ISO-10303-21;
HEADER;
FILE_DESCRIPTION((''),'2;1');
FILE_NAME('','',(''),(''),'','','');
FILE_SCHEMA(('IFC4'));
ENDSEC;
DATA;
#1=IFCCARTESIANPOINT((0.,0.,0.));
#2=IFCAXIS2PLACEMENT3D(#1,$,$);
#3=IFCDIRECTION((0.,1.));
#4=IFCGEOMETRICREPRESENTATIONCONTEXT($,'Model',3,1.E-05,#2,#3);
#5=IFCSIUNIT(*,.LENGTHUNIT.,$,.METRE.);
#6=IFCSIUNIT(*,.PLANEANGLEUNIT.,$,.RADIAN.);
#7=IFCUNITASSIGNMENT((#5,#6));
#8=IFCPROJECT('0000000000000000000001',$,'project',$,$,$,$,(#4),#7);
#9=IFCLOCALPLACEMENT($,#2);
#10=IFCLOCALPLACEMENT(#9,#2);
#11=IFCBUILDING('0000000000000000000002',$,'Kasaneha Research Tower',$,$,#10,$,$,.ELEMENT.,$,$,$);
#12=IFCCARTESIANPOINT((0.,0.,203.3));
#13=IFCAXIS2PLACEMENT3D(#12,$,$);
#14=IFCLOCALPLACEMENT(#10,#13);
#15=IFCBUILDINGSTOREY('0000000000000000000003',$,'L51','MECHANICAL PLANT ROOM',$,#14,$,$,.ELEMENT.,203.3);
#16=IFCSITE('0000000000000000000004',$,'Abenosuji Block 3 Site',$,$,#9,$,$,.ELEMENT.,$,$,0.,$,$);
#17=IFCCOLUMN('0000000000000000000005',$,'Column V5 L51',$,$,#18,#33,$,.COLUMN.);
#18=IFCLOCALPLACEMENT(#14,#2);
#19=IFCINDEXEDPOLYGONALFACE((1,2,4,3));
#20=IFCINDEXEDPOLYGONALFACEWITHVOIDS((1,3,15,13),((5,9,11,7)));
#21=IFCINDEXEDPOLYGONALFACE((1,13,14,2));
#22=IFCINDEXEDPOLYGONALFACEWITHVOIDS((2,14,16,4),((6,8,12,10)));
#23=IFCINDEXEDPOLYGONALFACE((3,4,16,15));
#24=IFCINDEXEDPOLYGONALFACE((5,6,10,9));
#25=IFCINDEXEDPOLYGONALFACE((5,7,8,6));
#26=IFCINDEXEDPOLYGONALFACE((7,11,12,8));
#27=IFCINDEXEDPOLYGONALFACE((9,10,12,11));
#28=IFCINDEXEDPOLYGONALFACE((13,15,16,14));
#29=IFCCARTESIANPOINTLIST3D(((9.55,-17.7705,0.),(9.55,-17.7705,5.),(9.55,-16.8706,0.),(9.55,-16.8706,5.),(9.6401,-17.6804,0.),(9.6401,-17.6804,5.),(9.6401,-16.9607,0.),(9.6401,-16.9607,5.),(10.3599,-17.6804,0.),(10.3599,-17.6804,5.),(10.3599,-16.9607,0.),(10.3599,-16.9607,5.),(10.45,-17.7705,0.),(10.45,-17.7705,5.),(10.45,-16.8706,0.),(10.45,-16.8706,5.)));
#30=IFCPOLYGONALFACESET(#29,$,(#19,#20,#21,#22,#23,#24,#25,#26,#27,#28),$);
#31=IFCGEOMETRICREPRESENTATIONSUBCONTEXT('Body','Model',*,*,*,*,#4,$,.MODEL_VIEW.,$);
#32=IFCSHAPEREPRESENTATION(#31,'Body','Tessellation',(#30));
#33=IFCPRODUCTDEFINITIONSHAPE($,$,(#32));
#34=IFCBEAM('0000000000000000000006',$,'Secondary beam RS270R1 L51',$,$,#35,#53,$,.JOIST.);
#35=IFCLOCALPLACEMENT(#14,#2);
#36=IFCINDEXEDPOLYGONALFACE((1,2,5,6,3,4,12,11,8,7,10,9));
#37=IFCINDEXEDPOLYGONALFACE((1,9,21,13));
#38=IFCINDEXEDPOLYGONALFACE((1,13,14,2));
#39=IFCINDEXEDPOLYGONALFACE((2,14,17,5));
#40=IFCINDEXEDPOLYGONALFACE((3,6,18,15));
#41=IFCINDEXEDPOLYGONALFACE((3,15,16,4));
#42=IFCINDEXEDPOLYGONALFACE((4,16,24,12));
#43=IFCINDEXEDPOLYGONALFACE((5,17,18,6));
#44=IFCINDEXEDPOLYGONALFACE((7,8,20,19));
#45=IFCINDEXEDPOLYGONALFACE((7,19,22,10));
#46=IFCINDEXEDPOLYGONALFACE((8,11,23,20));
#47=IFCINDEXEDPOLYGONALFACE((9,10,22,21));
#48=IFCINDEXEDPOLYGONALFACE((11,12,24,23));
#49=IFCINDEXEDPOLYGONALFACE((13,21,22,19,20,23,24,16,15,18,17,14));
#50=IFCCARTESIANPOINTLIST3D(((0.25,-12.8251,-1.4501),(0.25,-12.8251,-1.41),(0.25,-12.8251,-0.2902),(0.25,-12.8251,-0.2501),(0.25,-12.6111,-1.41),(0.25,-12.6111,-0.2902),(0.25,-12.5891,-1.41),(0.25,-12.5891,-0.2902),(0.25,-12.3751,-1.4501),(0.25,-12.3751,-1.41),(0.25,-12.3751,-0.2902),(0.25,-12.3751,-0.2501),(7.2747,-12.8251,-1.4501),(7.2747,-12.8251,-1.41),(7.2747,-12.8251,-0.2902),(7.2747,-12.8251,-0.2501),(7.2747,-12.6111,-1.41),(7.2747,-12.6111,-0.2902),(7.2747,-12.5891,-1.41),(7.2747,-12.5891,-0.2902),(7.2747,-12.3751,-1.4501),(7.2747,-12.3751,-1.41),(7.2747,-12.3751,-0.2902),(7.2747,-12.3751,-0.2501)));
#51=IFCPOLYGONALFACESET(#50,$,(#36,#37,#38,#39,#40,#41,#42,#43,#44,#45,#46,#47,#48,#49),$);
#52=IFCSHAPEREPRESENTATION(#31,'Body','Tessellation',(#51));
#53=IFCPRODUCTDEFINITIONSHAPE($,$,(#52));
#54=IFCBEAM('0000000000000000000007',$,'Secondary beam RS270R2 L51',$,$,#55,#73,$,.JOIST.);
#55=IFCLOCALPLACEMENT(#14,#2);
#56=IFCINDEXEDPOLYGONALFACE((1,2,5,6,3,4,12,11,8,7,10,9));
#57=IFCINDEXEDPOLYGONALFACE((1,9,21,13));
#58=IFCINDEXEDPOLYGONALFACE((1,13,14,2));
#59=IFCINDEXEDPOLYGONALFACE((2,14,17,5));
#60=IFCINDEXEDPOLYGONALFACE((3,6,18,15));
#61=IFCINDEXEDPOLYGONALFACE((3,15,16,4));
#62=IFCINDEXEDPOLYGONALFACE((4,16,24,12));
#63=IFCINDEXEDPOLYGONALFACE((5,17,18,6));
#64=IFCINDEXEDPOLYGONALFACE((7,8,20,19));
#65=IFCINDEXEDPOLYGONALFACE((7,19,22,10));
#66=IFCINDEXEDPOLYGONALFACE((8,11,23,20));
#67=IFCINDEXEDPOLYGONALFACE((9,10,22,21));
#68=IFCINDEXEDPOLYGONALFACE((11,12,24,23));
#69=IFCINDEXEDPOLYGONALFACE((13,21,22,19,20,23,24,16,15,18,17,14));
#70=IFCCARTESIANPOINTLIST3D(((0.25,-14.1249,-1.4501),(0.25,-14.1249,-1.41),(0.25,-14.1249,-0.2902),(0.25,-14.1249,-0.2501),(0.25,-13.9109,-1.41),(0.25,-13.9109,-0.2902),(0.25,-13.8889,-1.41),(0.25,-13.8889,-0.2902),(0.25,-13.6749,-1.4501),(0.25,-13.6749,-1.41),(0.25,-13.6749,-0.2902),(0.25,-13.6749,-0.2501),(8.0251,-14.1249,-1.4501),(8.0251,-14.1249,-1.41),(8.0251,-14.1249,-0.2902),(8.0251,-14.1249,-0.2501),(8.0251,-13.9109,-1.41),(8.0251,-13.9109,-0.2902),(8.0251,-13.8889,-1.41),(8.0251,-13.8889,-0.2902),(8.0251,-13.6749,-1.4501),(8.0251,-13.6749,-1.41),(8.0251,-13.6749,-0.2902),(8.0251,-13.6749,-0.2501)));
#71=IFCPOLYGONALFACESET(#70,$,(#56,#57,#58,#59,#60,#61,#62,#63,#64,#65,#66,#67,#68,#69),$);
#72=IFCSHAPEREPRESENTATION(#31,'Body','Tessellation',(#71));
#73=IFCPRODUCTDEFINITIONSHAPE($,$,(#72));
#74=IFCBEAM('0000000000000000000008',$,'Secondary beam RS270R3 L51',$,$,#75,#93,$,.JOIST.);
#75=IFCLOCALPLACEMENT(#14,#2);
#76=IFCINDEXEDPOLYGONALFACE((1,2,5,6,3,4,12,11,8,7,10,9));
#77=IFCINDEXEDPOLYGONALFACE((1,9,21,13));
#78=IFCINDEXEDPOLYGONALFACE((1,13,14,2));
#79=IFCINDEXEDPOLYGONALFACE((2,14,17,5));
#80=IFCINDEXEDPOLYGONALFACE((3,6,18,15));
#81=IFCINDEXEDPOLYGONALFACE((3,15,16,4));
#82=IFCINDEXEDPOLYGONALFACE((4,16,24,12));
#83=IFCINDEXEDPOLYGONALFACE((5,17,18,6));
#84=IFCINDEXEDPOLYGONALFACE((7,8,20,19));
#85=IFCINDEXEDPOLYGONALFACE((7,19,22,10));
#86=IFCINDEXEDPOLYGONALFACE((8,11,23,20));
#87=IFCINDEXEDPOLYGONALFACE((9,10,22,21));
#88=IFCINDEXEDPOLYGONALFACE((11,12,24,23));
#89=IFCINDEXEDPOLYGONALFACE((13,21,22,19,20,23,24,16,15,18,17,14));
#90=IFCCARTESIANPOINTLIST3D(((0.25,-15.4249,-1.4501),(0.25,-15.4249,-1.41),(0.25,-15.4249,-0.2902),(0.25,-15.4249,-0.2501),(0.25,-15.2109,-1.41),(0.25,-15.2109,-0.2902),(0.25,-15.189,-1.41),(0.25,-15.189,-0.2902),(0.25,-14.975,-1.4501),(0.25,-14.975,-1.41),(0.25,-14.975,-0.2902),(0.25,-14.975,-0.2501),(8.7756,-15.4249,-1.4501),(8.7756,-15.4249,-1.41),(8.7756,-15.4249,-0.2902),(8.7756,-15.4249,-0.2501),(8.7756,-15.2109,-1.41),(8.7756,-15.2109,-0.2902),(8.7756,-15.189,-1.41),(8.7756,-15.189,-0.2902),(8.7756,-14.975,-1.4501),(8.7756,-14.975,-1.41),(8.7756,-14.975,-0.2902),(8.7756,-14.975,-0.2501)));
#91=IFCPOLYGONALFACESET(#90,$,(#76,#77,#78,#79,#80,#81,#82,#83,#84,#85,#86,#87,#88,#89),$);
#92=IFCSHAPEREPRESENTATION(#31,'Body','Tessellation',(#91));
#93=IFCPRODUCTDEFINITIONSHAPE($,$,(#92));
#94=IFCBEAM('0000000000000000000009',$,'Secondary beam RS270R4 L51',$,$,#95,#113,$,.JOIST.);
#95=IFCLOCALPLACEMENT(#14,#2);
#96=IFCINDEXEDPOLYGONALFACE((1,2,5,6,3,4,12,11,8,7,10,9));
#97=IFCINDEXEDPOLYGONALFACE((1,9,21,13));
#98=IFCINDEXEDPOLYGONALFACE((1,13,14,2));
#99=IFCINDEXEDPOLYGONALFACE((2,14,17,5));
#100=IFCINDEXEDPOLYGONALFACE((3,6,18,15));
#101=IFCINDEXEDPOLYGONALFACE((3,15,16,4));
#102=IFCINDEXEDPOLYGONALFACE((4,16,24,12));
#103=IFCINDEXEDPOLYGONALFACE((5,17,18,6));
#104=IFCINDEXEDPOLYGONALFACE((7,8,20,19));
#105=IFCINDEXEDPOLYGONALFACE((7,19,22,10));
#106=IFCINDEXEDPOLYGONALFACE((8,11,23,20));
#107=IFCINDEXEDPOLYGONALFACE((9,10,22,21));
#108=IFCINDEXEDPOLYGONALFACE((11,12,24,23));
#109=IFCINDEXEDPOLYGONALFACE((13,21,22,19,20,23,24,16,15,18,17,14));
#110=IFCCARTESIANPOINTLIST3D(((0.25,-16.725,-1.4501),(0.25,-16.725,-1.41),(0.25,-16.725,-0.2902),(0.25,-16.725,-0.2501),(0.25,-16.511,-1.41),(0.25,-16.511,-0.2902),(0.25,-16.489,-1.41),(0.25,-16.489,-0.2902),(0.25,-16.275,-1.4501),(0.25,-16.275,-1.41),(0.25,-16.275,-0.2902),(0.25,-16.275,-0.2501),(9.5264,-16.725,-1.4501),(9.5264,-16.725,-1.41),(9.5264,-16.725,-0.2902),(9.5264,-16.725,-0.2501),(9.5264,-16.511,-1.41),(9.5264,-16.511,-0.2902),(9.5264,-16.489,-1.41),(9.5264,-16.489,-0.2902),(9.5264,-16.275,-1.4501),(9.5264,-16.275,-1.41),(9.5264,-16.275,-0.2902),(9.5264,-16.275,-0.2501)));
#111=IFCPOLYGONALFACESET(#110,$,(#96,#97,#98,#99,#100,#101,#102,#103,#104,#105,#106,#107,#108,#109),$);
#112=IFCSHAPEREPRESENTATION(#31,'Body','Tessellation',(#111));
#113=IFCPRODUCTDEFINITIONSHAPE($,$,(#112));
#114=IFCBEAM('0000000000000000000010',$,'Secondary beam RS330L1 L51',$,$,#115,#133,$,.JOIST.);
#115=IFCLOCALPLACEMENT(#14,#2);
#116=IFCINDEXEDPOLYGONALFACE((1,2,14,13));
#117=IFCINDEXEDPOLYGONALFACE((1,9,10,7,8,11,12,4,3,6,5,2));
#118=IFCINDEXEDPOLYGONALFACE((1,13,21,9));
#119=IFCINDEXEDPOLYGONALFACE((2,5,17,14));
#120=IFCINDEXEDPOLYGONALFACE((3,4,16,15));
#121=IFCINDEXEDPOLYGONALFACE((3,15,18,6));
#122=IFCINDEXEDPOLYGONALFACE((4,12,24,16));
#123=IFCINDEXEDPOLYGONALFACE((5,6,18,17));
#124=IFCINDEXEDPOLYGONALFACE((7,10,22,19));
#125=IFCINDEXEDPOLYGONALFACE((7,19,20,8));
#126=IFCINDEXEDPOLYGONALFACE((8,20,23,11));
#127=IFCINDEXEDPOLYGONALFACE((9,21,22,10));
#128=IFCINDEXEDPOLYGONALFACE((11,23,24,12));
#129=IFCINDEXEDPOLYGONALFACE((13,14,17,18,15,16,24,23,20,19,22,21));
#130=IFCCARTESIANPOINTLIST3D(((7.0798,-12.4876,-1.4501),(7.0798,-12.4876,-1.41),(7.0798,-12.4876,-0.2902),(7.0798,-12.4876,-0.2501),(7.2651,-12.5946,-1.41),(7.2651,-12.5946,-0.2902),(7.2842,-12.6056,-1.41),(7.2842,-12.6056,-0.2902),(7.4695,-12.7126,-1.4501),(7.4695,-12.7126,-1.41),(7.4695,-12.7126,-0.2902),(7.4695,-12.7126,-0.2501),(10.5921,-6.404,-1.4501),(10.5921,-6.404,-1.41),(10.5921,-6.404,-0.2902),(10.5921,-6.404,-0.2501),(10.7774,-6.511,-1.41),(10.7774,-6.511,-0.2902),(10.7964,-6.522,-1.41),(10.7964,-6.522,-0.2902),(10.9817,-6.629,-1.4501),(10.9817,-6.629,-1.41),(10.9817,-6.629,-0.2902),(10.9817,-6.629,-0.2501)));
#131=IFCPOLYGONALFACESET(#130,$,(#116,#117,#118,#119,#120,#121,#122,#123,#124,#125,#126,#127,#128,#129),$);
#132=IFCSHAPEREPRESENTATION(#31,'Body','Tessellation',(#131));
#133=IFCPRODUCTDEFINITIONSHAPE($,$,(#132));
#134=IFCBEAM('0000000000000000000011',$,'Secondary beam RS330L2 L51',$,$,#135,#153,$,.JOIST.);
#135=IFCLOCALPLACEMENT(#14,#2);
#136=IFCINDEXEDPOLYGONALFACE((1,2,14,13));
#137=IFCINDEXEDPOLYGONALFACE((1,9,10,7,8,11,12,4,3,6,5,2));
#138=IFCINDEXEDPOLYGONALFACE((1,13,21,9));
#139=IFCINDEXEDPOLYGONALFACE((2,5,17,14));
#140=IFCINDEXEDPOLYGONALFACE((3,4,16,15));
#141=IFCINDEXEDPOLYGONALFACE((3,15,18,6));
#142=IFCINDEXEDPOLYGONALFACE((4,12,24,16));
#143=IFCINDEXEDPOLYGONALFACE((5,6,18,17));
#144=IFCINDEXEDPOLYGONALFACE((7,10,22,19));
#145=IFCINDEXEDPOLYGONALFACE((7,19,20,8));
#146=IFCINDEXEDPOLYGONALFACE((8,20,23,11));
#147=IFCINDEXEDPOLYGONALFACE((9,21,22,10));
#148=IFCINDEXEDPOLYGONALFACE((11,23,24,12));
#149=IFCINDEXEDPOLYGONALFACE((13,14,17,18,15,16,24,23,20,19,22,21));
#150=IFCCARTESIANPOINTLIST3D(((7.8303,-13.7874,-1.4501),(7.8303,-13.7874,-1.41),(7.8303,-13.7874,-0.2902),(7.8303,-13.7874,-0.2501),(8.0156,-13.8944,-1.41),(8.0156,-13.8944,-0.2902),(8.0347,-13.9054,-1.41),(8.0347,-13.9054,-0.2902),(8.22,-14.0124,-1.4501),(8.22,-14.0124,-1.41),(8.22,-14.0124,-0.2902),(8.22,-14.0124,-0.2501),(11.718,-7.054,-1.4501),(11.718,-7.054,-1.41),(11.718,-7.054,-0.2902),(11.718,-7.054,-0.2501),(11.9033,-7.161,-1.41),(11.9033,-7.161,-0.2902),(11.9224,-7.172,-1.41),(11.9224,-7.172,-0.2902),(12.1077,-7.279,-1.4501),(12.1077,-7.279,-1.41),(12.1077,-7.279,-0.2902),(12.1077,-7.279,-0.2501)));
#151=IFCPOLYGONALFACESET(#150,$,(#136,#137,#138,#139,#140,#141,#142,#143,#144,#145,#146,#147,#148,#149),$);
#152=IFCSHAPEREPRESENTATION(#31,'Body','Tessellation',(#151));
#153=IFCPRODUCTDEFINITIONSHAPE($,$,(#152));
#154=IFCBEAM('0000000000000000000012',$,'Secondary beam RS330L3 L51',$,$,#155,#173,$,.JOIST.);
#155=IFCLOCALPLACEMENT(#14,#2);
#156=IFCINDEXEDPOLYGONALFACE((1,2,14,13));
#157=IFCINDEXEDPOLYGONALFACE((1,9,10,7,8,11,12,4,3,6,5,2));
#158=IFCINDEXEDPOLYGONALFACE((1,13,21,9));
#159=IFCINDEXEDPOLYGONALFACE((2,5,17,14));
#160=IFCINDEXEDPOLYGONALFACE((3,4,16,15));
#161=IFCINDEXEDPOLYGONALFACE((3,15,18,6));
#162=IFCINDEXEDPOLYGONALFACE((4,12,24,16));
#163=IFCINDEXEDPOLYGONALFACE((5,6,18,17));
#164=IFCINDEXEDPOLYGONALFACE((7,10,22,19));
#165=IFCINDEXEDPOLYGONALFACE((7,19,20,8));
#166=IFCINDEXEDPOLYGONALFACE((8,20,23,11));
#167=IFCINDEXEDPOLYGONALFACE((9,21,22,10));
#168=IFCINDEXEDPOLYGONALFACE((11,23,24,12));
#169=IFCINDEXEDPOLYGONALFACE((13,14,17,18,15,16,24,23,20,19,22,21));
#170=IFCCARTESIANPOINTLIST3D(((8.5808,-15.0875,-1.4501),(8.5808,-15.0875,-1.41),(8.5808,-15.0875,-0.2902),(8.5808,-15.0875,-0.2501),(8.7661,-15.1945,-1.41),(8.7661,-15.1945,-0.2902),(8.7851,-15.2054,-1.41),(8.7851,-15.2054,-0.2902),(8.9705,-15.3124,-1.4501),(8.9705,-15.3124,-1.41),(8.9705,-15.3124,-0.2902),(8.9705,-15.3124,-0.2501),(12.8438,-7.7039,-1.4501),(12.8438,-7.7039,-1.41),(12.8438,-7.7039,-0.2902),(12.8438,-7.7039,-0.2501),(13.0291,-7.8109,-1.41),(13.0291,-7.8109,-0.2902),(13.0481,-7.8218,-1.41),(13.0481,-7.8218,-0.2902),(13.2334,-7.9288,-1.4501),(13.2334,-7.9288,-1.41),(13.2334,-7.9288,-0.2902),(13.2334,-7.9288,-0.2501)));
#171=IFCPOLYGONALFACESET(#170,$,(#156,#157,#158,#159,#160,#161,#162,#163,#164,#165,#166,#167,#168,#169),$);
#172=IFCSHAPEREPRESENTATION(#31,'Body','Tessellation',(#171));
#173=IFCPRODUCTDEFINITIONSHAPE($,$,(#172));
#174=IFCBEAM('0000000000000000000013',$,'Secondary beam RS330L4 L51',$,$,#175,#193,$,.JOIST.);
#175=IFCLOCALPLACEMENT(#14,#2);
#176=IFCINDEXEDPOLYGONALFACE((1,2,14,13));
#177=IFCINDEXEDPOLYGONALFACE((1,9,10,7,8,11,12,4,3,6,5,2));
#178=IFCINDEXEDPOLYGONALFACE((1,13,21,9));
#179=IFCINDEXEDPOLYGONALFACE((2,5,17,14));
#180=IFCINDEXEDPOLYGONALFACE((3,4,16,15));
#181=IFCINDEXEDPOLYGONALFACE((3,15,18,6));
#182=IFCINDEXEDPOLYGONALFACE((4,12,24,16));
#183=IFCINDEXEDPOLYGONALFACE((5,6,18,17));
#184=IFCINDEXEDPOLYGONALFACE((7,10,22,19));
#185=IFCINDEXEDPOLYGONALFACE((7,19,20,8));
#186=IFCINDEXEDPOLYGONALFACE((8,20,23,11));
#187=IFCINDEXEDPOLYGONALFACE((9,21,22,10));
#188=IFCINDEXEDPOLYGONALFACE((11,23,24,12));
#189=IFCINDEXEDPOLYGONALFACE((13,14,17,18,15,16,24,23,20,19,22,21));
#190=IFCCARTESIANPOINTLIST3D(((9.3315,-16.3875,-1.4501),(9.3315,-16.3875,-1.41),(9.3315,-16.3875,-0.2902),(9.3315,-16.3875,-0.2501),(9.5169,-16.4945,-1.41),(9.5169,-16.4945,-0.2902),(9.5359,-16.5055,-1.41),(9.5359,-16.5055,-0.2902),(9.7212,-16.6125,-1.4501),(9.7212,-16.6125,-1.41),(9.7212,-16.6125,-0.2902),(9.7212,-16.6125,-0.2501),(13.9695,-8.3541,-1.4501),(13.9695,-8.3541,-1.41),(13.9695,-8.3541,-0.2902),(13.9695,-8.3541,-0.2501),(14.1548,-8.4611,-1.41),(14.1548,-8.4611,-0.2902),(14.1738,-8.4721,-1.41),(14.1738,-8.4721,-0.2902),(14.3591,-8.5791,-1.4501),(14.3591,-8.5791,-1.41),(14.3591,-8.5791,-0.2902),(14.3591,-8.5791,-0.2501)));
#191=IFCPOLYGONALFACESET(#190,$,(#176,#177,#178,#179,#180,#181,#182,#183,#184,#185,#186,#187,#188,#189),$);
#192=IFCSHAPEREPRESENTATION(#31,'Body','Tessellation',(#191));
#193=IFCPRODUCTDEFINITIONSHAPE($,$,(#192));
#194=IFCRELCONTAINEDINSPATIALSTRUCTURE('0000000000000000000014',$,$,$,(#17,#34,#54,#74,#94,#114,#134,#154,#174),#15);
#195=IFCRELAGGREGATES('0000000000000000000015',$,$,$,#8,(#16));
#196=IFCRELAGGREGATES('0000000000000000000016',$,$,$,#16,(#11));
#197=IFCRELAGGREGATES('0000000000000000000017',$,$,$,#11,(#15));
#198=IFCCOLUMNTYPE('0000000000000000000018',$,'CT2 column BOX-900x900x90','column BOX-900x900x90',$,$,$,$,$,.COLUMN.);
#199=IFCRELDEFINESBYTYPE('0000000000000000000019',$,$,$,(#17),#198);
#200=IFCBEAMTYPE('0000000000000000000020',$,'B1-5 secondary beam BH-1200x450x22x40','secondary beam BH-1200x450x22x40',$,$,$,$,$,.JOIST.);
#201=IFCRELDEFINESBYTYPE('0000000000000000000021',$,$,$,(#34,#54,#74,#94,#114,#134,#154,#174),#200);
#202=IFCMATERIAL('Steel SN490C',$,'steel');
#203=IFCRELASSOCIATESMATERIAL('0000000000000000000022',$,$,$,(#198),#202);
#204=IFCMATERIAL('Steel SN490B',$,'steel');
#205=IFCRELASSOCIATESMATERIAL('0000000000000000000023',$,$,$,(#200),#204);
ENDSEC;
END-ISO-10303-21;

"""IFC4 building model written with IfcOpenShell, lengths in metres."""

from ifc_helpers import new_model, si_unit, direction, frame, origin, origin_2d, place, context, subcontext, project, spatial, hollow_rectangle, i_section, extrude, material, material_profile, profile_set, type_object, element, save


model = new_model("IFC4")

# Units and contexts
model_context = context("Model", 3, precision=1e-05, world=origin(), true_north=direction((0.0, 1.0)))
body_context = subcontext(model_context, "Body", "Model", "MODEL_VIEW")
ifc_project = project(units=[si_unit("LENGTHUNIT", "METRE"), si_unit("PLANEANGLEUNIT", "RADIAN")], contexts=[model_context])

# Site, building, storey
site_placement = place(None, origin())
site = spatial("IfcSite", under=ifc_project, at=site_placement, Name="Abenosuji Block 3 Site", CompositionType="ELEMENT", RefElevation=0.0)
building_placement = place(site_placement, origin())
building = spatial("IfcBuilding", under=site, at=building_placement, Name="Kasaneha Research Tower", CompositionType="ELEMENT")
storey_placement = place(building_placement, frame((0.0, 0.0, 203.3)))
storey = spatial("IfcBuildingStorey", under=building, at=storey_placement, Name="L51", Description="MECHANICAL PLANT ROOM", CompositionType="ELEMENT", Elevation=203.3)

# Column
ifc_material_1 = material(Name="Steel SN490C", Category="steel")
ifc_material_profile_1 = material_profile(ifc_material_1, hollow_rectangle(XDim=0.8999, YDim=0.8999, WallThickness=0.0901, at=origin_2d()), Name="BOX-900x900x90")
ifc_profile_set_1 = profile_set([ifc_material_profile_1], Name="Steel SN490C")
column_type = type_object("IfcColumnType", Name="CT2 column BOX-900x900x90", Description="column BOX-900x900x90", PredefinedType="COLUMN", material=ifc_profile_set_1)
column_placement = place(storey_placement, frame((10.0, -17.3206, 0.0), z_axis=(0.0, 0.0, 1.0), x_axis=(1.0, 0.0, 0.0)))
element("IfcColumn", 1, at=column_placement, inside=storey, type_object=column_type, Name="Column V5 L51", PredefinedType="COLUMN", context=body_context, shape_type="SweptSolid", body=[
    extrude(hollow_rectangle(XDim=0.8999, YDim=0.8999, WallThickness=0.0901, at=origin_2d()), origin(), (0.0, 0.0, 1.0), 5.0),
])

# Beams
ifc_material_2 = material(Name="Steel SN490B", Category="steel")
ifc_material_profile_2 = material_profile(ifc_material_2, i_section(OverallWidth=0.45, OverallDepth=1.2, WebThickness=0.022, FlangeThickness=0.04, at=origin_2d()), Name="BH-1200x450x22x40")
ifc_profile_set_2 = profile_set([ifc_material_profile_2], Name="Steel SN490B")
beam_type_1 = type_object("IfcBeamType", Name="B1-5 secondary beam BH-1200x450x22x40", Description="secondary beam BH-1200x450x22x40", PredefinedType="JOIST", material=ifc_profile_set_2)
beam_1_placement = place(storey_placement, frame((7.2747, -12.6001, -0.8501), z_axis=(-1.0, 0.0, 0.0), x_axis=(0.0, -1.0, 0.0)))
element("IfcBeam", 2, at=beam_1_placement, inside=storey, type_object=beam_type_1, Name="Secondary beam RS270R1 L51", PredefinedType="JOIST", context=body_context, shape_type="SweptSolid", body=[
    extrude(i_section(OverallWidth=0.45, OverallDepth=1.2, WebThickness=0.022, FlangeThickness=0.04, at=origin_2d()), origin(), (0.0, 0.0, 1.0), 7.0247),
])
beam_2_placement = place(storey_placement, frame((8.0251, -13.8999, -0.8501), z_axis=(-1.0, 0.0, 0.0), x_axis=(0.0, -1.0, 0.0)))
element("IfcBeam", 3, at=beam_2_placement, inside=storey, type_object=beam_type_1, Name="Secondary beam RS270R2 L51", PredefinedType="JOIST", context=body_context, shape_type="SweptSolid", body=[
    extrude(i_section(OverallWidth=0.45, OverallDepth=1.2, WebThickness=0.022, FlangeThickness=0.04, at=origin_2d()), origin(), (0.0, 0.0, 1.0), 7.7751),
])
beam_3_placement = place(storey_placement, frame((8.7756, -15.2, -0.8501), z_axis=(-1.0, 0.0, 0.0), x_axis=(0.0, -1.0, 0.0)))
element("IfcBeam", 4, at=beam_3_placement, inside=storey, type_object=beam_type_1, Name="Secondary beam RS270R3 L51", PredefinedType="JOIST", context=body_context, shape_type="SweptSolid", body=[
    extrude(i_section(OverallWidth=0.45, OverallDepth=1.2, WebThickness=0.022, FlangeThickness=0.04, at=origin_2d()), origin(), (0.0, 0.0, 1.0), 8.5256),
])
beam_4_placement = place(storey_placement, frame((9.5264, -16.5, -0.8501), z_axis=(-1.0, 0.0, 0.0), x_axis=(0.0, -1.0, 0.0)))
element("IfcBeam", 5, at=beam_4_placement, inside=storey, type_object=beam_type_1, Name="Secondary beam RS270R4 L51", PredefinedType="JOIST", context=body_context, shape_type="SweptSolid", body=[
    extrude(i_section(OverallWidth=0.45, OverallDepth=1.2, WebThickness=0.022, FlangeThickness=0.04, at=origin_2d()), origin(), (0.0, 0.0, 1.0), 9.2764),
])
beam_5_placement = place(storey_placement, frame((7.2747, -12.6001, -0.8501), z_axis=(0.499989, 0.866032, 0.0), x_axis=(-0.866032, 0.499989, 0.0)))
element("IfcBeam", 6, at=beam_5_placement, inside=storey, type_object=beam_type_1, Name="Secondary beam RS330L1 L51", PredefinedType="JOIST", context=body_context, shape_type="SweptSolid", body=[
    extrude(i_section(OverallWidth=0.45, OverallDepth=1.2, WebThickness=0.022, FlangeThickness=0.04, at=origin_2d()), origin(), (0.0, 0.0, 1.0), 7.0247),
])
beam_6_placement = place(storey_placement, frame((8.0251, -13.8999, -0.8501), z_axis=(0.500016, 0.866016, 0.0), x_axis=(-0.866016, 0.500016, 0.0)))
element("IfcBeam", 7, at=beam_6_placement, inside=storey, type_object=beam_type_1, Name="Secondary beam RS330L2 L51", PredefinedType="JOIST", context=body_context, shape_type="SweptSolid", body=[
    extrude(i_section(OverallWidth=0.45, OverallDepth=1.2, WebThickness=0.022, FlangeThickness=0.04, at=origin_2d()), origin(), (0.0, 0.0, 1.0), 7.7751),
])
beam_7_placement = place(storey_placement, frame((8.7756, -15.2, -0.8501), z_axis=(0.500004, 0.866023, 0.0), x_axis=(-0.866023, 0.500004, 0.0)))
element("IfcBeam", 8, at=beam_7_placement, inside=storey, type_object=beam_type_1, Name="Secondary beam RS330L3 L51", PredefinedType="JOIST", context=body_context, shape_type="SweptSolid", body=[
    extrude(i_section(OverallWidth=0.45, OverallDepth=1.2, WebThickness=0.022, FlangeThickness=0.04, at=origin_2d()), origin(), (0.0, 0.0, 1.0), 8.5259),
])
beam_8_placement = place(storey_placement, frame((9.5264, -16.5, -0.8501), z_axis=(0.499986, 0.866034, 0.0), x_axis=(-0.866034, 0.499986, 0.0)))
element("IfcBeam", 9, at=beam_8_placement, inside=storey, type_object=beam_type_1, Name="Secondary beam RS330L4 L51", PredefinedType="JOIST", context=body_context, shape_type="SweptSolid", body=[
    extrude(i_section(OverallWidth=0.45, OverallDepth=1.2, WebThickness=0.022, FlangeThickness=0.04, at=origin_2d()), origin(), (0.0, 0.0, 1.0), 9.2761),
])

save(model, "model.ifc")
